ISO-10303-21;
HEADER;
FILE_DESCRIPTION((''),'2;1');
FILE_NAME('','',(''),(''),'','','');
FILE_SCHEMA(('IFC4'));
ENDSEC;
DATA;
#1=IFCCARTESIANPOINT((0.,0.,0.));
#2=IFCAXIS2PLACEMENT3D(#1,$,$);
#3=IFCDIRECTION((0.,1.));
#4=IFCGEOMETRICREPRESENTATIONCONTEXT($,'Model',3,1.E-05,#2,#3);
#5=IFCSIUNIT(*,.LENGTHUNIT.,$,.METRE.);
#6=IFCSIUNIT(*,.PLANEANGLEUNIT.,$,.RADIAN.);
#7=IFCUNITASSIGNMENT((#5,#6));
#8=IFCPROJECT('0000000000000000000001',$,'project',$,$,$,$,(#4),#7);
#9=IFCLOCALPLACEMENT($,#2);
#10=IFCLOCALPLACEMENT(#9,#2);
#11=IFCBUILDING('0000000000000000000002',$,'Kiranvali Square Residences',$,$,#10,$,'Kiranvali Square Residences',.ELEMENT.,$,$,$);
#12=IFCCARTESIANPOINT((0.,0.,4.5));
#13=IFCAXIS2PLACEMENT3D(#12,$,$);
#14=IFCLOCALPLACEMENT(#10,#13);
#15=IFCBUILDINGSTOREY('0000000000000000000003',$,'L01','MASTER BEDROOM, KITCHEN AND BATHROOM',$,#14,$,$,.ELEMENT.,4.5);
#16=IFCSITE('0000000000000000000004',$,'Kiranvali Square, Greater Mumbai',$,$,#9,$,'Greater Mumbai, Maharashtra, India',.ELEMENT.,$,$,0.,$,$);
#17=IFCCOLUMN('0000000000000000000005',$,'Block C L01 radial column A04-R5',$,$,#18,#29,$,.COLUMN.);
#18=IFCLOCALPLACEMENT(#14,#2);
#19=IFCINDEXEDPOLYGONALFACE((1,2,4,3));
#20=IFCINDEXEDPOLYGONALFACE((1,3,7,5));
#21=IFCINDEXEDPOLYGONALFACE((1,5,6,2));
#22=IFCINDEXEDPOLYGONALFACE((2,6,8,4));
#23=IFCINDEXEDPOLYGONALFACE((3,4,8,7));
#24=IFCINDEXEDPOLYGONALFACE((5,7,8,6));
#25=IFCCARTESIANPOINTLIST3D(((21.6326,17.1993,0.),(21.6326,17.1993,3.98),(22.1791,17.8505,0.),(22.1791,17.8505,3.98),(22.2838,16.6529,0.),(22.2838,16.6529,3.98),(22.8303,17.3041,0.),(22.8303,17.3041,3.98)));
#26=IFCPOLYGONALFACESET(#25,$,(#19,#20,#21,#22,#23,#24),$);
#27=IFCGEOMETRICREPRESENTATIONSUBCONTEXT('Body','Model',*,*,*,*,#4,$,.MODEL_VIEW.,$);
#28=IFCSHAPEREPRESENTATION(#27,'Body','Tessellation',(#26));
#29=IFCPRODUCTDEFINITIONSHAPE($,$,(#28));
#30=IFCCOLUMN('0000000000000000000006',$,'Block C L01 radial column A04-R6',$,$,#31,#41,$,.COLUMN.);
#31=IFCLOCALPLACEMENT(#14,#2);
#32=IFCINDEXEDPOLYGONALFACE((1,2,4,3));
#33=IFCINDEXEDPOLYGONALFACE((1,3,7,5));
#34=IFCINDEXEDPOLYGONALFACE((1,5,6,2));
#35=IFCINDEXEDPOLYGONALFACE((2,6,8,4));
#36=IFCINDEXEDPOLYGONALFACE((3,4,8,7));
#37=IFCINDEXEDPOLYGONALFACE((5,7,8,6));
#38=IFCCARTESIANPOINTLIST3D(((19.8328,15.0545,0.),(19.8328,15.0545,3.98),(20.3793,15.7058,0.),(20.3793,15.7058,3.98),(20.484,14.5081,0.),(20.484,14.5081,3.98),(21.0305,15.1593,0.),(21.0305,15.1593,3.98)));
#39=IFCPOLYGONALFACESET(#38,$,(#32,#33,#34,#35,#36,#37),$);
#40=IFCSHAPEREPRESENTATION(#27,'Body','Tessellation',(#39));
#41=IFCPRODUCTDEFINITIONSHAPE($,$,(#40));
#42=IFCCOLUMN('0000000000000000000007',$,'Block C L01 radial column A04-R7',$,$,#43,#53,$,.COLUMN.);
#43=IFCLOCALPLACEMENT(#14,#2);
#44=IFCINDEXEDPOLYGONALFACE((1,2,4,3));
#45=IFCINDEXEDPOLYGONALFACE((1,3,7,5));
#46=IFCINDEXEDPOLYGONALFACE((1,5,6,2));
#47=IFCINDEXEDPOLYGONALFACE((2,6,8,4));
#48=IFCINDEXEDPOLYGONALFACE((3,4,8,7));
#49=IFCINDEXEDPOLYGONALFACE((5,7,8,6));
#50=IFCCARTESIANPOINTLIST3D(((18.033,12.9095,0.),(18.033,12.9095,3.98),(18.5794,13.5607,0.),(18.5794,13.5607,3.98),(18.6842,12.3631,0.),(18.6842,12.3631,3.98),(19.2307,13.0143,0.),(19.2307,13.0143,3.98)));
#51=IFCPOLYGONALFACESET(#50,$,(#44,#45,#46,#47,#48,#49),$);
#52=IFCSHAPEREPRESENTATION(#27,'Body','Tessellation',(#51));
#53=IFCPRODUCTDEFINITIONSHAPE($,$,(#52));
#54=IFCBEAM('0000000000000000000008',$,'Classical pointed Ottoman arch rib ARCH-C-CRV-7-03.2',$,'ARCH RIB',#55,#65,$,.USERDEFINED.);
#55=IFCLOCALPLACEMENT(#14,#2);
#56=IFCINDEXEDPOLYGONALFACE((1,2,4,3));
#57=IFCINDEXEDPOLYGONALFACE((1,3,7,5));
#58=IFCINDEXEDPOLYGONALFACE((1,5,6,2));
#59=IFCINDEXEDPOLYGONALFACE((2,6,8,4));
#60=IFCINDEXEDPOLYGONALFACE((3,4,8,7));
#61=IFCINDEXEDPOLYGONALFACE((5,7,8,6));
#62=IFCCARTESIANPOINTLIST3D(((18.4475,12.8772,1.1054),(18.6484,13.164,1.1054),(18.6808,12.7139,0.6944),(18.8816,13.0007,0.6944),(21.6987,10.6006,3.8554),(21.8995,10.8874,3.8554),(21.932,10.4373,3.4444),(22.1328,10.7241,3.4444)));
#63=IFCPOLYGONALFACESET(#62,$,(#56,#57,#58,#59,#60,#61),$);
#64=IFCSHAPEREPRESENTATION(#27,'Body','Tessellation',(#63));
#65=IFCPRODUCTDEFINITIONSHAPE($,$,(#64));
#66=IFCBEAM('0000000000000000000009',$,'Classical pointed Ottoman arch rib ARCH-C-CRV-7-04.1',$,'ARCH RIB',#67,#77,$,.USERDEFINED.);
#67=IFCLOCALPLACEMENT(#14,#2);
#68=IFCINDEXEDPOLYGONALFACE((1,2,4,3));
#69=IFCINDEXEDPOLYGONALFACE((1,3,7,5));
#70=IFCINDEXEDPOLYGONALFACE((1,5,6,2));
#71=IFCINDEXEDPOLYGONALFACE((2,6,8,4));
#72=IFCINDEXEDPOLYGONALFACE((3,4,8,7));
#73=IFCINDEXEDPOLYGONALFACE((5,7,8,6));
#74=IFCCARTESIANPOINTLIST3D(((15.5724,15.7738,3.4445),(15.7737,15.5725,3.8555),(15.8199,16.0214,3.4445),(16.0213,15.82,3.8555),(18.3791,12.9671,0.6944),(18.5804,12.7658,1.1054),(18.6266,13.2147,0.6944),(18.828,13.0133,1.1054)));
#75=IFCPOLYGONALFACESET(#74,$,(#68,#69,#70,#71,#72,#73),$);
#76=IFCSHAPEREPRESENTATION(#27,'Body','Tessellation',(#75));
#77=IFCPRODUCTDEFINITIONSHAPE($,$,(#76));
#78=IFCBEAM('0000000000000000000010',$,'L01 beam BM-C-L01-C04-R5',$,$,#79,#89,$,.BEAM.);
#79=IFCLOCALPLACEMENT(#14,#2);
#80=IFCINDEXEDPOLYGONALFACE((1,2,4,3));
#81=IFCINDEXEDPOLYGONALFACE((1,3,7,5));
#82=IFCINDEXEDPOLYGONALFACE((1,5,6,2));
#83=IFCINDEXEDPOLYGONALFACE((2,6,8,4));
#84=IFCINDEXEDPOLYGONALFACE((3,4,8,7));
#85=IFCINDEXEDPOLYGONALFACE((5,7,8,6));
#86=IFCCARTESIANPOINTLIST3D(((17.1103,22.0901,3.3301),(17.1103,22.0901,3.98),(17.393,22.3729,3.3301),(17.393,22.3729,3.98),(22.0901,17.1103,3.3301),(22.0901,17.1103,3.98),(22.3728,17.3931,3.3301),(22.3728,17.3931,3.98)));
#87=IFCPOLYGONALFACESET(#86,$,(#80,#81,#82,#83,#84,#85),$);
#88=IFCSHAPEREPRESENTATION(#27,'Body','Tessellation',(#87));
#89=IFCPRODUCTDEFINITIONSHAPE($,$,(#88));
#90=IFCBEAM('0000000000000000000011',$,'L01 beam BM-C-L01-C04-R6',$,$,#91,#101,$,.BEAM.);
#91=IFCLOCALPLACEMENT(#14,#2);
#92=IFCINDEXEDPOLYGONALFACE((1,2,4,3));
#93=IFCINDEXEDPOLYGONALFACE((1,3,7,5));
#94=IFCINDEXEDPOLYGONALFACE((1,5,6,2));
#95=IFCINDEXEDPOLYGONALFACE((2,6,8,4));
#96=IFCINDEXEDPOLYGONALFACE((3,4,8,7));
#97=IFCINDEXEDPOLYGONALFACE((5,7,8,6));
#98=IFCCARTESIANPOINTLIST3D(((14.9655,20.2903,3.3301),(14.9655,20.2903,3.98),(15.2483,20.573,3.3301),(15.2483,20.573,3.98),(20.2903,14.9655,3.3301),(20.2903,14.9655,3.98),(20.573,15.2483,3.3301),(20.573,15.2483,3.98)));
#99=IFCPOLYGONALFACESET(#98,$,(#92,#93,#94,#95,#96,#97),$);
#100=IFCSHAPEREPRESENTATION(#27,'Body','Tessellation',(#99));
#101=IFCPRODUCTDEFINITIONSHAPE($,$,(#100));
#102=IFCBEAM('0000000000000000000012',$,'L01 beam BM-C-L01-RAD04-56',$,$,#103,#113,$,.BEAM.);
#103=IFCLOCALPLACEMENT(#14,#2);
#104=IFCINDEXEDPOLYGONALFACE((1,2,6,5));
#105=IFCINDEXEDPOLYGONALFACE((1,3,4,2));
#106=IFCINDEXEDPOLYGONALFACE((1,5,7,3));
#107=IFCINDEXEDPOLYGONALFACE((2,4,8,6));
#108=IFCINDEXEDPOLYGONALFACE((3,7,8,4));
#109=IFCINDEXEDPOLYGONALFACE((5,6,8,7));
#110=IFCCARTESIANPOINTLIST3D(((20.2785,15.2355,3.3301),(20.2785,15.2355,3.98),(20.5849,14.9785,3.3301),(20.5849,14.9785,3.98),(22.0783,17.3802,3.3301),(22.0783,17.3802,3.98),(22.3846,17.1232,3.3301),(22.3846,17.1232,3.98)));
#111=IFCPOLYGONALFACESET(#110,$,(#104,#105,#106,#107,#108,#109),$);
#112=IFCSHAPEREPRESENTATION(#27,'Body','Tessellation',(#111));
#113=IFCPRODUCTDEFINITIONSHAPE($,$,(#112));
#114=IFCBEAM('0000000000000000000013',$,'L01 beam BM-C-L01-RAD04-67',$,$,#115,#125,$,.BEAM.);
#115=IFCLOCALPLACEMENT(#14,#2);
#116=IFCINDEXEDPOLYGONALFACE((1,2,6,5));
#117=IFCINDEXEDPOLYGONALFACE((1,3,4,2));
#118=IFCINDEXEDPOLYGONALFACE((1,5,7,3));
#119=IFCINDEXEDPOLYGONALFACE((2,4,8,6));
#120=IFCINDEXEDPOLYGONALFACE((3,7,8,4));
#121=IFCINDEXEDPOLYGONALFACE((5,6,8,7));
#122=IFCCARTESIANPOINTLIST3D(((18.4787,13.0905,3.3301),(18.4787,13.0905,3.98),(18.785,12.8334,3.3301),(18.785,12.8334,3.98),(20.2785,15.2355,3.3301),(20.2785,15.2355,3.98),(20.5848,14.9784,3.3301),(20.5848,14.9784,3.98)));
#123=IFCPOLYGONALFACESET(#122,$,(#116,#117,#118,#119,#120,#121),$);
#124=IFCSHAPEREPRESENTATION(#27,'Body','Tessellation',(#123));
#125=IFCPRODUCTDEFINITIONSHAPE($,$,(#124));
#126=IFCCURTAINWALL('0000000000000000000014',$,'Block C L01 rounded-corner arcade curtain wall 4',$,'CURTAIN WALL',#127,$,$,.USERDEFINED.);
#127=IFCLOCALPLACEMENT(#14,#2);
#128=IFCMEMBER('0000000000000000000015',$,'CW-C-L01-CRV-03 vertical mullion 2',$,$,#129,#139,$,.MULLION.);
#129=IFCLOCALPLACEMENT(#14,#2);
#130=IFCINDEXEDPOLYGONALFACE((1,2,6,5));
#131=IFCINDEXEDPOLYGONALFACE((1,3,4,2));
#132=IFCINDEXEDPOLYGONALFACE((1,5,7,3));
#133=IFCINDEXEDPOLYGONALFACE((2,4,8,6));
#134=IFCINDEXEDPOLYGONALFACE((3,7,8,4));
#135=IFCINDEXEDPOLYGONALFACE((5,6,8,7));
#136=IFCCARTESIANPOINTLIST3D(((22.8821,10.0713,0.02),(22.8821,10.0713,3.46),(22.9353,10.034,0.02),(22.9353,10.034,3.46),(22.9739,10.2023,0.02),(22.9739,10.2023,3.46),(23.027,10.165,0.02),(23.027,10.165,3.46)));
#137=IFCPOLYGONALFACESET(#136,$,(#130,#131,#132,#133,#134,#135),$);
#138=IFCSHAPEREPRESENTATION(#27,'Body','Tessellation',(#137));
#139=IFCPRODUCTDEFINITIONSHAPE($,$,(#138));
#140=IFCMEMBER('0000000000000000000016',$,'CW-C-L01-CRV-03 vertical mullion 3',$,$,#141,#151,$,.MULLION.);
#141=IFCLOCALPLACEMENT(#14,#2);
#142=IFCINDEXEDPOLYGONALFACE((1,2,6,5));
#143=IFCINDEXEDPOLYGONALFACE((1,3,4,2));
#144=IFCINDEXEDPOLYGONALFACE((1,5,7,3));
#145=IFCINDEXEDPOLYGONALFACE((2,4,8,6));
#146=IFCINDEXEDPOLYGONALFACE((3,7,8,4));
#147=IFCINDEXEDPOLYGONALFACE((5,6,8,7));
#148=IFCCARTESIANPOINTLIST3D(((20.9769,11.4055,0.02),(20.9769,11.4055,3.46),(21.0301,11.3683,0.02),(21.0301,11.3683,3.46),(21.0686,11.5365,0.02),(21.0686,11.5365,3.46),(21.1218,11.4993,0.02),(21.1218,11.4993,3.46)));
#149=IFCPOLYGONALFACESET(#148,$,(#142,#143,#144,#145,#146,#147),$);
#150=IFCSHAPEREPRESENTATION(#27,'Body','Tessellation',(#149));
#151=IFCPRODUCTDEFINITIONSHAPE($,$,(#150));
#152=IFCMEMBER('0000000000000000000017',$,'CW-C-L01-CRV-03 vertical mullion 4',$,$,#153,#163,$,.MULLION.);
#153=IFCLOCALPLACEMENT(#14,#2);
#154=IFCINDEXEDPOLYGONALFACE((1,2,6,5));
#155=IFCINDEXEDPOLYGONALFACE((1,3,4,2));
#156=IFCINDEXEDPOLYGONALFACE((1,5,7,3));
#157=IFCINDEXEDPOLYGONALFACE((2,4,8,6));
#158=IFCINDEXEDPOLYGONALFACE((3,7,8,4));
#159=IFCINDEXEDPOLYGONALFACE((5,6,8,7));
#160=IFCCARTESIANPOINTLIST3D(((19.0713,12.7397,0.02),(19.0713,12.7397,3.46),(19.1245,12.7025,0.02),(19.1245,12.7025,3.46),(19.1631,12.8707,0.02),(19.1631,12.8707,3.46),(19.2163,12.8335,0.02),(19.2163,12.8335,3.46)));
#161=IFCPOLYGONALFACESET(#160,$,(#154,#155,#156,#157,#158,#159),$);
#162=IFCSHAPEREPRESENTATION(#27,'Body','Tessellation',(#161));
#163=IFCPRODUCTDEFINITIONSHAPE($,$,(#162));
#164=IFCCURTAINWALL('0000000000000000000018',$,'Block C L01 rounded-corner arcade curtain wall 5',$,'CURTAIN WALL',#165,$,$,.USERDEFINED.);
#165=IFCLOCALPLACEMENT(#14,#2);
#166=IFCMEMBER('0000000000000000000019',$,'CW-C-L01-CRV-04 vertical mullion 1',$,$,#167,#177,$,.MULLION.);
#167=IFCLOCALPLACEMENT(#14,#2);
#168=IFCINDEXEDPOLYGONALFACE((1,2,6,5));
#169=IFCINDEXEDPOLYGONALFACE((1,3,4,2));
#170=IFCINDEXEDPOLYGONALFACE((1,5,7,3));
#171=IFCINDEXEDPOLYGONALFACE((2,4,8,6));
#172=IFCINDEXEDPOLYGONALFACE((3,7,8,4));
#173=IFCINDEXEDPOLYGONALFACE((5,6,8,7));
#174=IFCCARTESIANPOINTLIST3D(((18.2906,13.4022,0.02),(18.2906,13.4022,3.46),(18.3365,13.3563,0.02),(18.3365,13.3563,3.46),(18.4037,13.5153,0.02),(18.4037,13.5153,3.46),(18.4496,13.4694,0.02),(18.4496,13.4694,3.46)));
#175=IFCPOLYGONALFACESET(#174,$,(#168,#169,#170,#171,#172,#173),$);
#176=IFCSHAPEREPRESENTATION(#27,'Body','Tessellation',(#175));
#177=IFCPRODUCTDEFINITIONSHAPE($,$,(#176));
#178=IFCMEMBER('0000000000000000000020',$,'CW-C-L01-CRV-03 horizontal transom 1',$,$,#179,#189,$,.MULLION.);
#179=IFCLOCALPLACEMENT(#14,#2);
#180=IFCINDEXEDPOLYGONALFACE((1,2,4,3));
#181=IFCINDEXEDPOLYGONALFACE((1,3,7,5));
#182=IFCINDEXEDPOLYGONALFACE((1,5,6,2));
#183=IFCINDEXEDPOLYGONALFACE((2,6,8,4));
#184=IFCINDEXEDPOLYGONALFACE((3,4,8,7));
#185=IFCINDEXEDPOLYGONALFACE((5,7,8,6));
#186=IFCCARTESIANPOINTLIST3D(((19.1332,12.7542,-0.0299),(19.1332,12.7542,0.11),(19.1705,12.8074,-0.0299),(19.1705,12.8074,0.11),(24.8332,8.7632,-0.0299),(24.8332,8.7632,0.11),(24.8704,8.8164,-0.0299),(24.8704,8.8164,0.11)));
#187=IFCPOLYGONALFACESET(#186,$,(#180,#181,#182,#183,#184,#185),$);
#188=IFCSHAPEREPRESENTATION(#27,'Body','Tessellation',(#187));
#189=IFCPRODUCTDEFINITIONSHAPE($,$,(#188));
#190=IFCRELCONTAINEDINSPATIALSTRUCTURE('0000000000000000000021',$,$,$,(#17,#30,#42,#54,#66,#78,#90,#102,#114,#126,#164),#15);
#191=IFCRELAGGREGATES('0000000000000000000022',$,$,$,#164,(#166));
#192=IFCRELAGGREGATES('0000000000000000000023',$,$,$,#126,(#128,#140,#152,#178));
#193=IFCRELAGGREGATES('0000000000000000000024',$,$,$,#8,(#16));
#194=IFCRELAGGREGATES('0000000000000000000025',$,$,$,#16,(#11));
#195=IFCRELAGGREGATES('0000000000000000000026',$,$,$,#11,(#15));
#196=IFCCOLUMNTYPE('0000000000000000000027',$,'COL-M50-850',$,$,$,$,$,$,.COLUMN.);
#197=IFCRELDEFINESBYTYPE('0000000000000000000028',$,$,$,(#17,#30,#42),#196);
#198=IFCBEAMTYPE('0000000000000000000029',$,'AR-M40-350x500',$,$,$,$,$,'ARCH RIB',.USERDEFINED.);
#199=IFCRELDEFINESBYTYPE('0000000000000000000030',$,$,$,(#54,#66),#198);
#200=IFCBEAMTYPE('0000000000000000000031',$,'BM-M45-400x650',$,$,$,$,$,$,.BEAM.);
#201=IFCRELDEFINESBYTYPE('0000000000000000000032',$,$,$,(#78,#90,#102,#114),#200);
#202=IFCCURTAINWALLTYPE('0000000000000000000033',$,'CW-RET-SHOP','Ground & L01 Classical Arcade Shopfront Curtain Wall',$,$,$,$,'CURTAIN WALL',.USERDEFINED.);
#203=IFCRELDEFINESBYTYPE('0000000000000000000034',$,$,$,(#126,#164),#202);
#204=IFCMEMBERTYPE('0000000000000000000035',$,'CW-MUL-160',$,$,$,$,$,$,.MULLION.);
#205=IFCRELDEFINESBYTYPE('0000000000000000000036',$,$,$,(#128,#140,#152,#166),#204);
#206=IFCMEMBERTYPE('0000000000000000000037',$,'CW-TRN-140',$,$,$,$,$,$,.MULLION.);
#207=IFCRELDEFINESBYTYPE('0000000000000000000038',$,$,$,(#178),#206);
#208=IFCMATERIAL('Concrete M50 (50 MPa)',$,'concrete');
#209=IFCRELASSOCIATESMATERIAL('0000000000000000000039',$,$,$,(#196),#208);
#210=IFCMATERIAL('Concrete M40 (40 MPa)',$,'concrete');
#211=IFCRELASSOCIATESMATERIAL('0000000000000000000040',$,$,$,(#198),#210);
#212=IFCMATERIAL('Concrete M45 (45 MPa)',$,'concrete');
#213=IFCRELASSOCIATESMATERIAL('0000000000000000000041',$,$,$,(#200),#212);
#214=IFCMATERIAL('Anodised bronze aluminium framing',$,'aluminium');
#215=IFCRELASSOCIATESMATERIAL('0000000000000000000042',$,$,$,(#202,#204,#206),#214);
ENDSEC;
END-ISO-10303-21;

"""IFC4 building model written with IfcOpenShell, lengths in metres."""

from ifc_helpers import new_model, si_unit, direction, frame, origin, origin_2d, place, context, subcontext, project, spatial, rectangle, extrude, material, material_profile, profile_set, type_object, element, aggregate, save


model = new_model("IFC4")

# Units and contexts
model_context = context("Model", 3, precision=1e-05, world=origin(), true_north=direction((0.0, 1.0)))
body_context = subcontext(model_context, "Body", "Model", "MODEL_VIEW")
ifc_project = project(units=[si_unit("LENGTHUNIT", "METRE"), si_unit("PLANEANGLEUNIT", "RADIAN")], contexts=[model_context])

# Site, building, storey
site_placement = place(None, origin())
site = spatial("IfcSite", under=ifc_project, at=site_placement, Name="Kiranvali Square, Greater Mumbai", LongName="Greater Mumbai, Maharashtra, India", CompositionType="ELEMENT", RefElevation=0.0)
building_placement = place(site_placement, origin())
building = spatial("IfcBuilding", under=site, at=building_placement, Name="Kiranvali Square Residences", LongName="Kiranvali Square Residences", CompositionType="ELEMENT")
storey_placement = place(building_placement, frame((0.0, 0.0, 4.5)))
storey = spatial("IfcBuildingStorey", under=building, at=storey_placement, Name="L01", Description="MASTER BEDROOM, KITCHEN AND BATHROOM", CompositionType="ELEMENT", Elevation=4.5)

# Columns
ifc_material_1 = material(Name="Concrete M50 (50 MPa)", Category="concrete")
ifc_material_profile_1 = material_profile(ifc_material_1, rectangle(XDim=0.8501, YDim=0.8501, at=origin_2d()), Name="RC 850x850")
ifc_profile_set_1 = profile_set([ifc_material_profile_1], Name="Concrete M50 (50 MPa)")
column_type = type_object("IfcColumnType", Name="COL-M50-850", PredefinedType="COLUMN", material=ifc_profile_set_1)
for number, where, z_axis, x_axis, name in (
    (1, (22.2314, 17.2517, 0.0), (0.0, 0.0, 1.0), (-0.766044, 0.642788, 0.0), "Block C L01 radial column A04-R5"),
    (2, (20.4316, 15.1069, 0.0), (0.0, 0.0, 1.0), (-0.766044, 0.642788, 0.0), "Block C L01 radial column A04-R6"),
    (3, (18.6318, 12.9619, 0.0), (0.0, 0.0, 1.0), (-0.766044, 0.642788, 0.0), "Block C L01 radial column A04-R7"),
):
    element("IfcColumn", number, at=place(storey_placement, frame(where, z_axis=z_axis, x_axis=x_axis)), inside=storey, type_object=column_type, Name=name, PredefinedType="COLUMN", context=body_context, shape_type="SweptSolid", body=[
        extrude(rectangle(XDim=0.8501, YDim=0.8501, at=origin_2d()), origin(), (0.0, 0.0, 1.0), 3.98),
    ])

# Beams
ifc_material_2 = material(Name="Concrete M40 (40 MPa)", Category="concrete")
ifc_material_profile_2 = material_profile(ifc_material_2, rectangle(XDim=0.3501, YDim=0.5, at=origin_2d()), Name="RC 350x500")
ifc_profile_set_2 = profile_set([ifc_material_profile_2], Name="Concrete M40 (40 MPa)")
beam_type_1 = type_object("IfcBeamType", Name="AR-M40-350x500", ElementType="ARCH RIB", PredefinedType="USERDEFINED", material=ifc_profile_set_2)
beam_1_placement = place(storey_placement, frame((21.9158, 10.6624, 3.6499), z_axis=(-0.673318, 0.47148, -0.569517), x_axis=(-0.57359, -0.819142, 0.0)))
element("IfcBeam", 4, at=beam_1_placement, inside=storey, type_object=beam_type_1, Name="Classical pointed Ottoman arch rib ARCH-C-CRV-7-03.2", ObjectType="ARCH RIB", PredefinedType="USERDEFINED", context=body_context, shape_type="SweptSolid", body=[
    extrude(rectangle(XDim=0.3501, YDim=0.5, at=origin_2d()), origin(), (0.0, 0.0, 1.0), 4.8286),
])
beam_2_placement = place(storey_placement, frame((18.6035, 12.9902, 0.8999), z_axis=(-0.581234, 0.581234, 0.569504), x_axis=(-0.707107, -0.707107, 0.0)))
element("IfcBeam", 5, at=beam_2_placement, inside=storey, type_object=beam_type_1, Name="Classical pointed Ottoman arch rib ARCH-C-CRV-7-04.1", ObjectType="ARCH RIB", PredefinedType="USERDEFINED", context=body_context, shape_type="SweptSolid", body=[
    extrude(rectangle(XDim=0.3501, YDim=0.5, at=origin_2d()), origin(), (0.0, 0.0, 1.0), 4.8289),
])
ifc_material_3 = material(Name="Concrete M45 (45 MPa)", Category="concrete")
ifc_material_profile_3 = material_profile(ifc_material_3, rectangle(XDim=0.3999, YDim=0.6499, at=origin_2d()), Name="RC 400x650")
ifc_profile_set_3 = profile_set([ifc_material_profile_3], Name="Concrete M45 (45 MPa)")
beam_type_2 = type_object("IfcBeamType", Name="BM-M45-400x650", PredefinedType="BEAM", material=ifc_profile_set_3)
beam_3_placement = place(storey_placement, frame((22.2314, 17.2517, 3.655), z_axis=(-0.707107, 0.707107, 0.0), x_axis=(-0.707107, -0.707107, 0.0)))
element("IfcBeam", 6, at=beam_3_placement, inside=storey, type_object=beam_type_2, Name="L01 beam BM-C-L01-C04-R5", PredefinedType="BEAM", context=body_context, shape_type="SweptSolid", body=[
    extrude(rectangle(XDim=0.3999, YDim=0.6499, at=origin_2d()), origin(), (0.0, 0.0, 1.0), 7.0425),
])
beam_4_placement = place(storey_placement, frame((20.4316, 15.1069, 3.655), z_axis=(-0.707107, 0.707107, 0.0), x_axis=(-0.707107, -0.707107, 0.0)))
element("IfcBeam", 7, at=beam_4_placement, inside=storey, type_object=beam_type_2, Name="L01 beam BM-C-L01-C04-R6", PredefinedType="BEAM", context=body_context, shape_type="SweptSolid", body=[
    extrude(rectangle(XDim=0.3999, YDim=0.6499, at=origin_2d()), origin(), (0.0, 0.0, 1.0), 7.5303),
])
beam_5_placement = place(storey_placement, frame((22.2314, 17.2517, 3.655), z_axis=(-0.642814, -0.766023, 0.0), x_axis=(0.766023, -0.642814, 0.0)))
element("IfcBeam", 8, at=beam_5_placement, inside=storey, type_object=beam_type_2, Name="L01 beam BM-C-L01-RAD04-56", PredefinedType="BEAM", context=body_context, shape_type="SweptSolid", body=[
    extrude(rectangle(XDim=0.3999, YDim=0.6499, at=origin_2d()), origin(), (0.0, 0.0, 1.0), 2.7998),
])
beam_6_placement = place(storey_placement, frame((20.4316, 15.1069, 3.655), z_axis=(-0.642771, -0.766059, 0.0), x_axis=(0.766059, -0.642771, 0.0)))
element("IfcBeam", 9, at=beam_6_placement, inside=storey, type_object=beam_type_2, Name="L01 beam BM-C-L01-RAD04-67", PredefinedType="BEAM", context=body_context, shape_type="SweptSolid", body=[
    extrude(rectangle(XDim=0.3999, YDim=0.6499, at=origin_2d()), origin(), (0.0, 0.0, 1.0), 2.8),
])

# Curtain wall, members
ifc_material_4 = material(Name="Anodised bronze aluminium framing", Category="aluminium")
curtain_wall_type = type_object("IfcCurtainWallType", Name="CW-RET-SHOP", Description="Ground & L01 Classical Arcade Shopfront Curtain Wall", ElementType="CURTAIN WALL", PredefinedType="USERDEFINED", material=ifc_material_4)
curtain_wall_1_placement = place(storey_placement, origin())
curtain_wall_1 = element("IfcCurtainWall", 10, at=curtain_wall_1_placement, inside=storey, type_object=curtain_wall_type, Name="Block C L01 rounded-corner arcade curtain wall 4", ObjectType="CURTAIN WALL", PredefinedType="USERDEFINED")
ifc_material_profile_4 = material_profile(ifc_material_4, rectangle(XDim=0.0649, YDim=0.1599, at=origin_2d()), Name="ALU 65x160")
ifc_profile_set_4 = profile_set([ifc_material_profile_4], Name="Anodised bronze aluminium framing")
member_type_1 = type_object("IfcMemberType", Name="CW-MUL-160", PredefinedType="MULLION", material=ifc_profile_set_4)
member_1_placement = place(storey_placement, frame((22.9546, 10.1182, 0.02), z_axis=(0.0, 0.0, 1.0), x_axis=(-0.819152, 0.573576, 0.0)))
member_1 = element("IfcMember", 11, at=member_1_placement, type_object=member_type_1, Name="CW-C-L01-CRV-03 vertical mullion 2", PredefinedType="MULLION", context=body_context, shape_type="SweptSolid", body=[
    extrude(rectangle(XDim=0.0649, YDim=0.1599, at=origin_2d()), origin(), (0.0, 0.0, 1.0), 3.4399),
])
member_2_placement = place(storey_placement, frame((21.0493, 11.4524, 0.02), z_axis=(0.0, 0.0, 1.0), x_axis=(-0.819152, 0.573576, 0.0)))
member_2 = element("IfcMember", 12, at=member_2_placement, type_object=member_type_1, Name="CW-C-L01-CRV-03 vertical mullion 3", PredefinedType="MULLION", context=body_context, shape_type="SweptSolid", body=[
    extrude(rectangle(XDim=0.0649, YDim=0.1599, at=origin_2d()), origin(), (0.0, 0.0, 1.0), 3.4399),
])
member_3_placement = place(storey_placement, frame((19.1438, 12.7866, 0.02), z_axis=(0.0, 0.0, 1.0), x_axis=(-0.819152, 0.573576, 0.0)))
member_3 = element("IfcMember", 13, at=member_3_placement, type_object=member_type_1, Name="CW-C-L01-CRV-03 vertical mullion 4", PredefinedType="MULLION", context=body_context, shape_type="SweptSolid", body=[
    extrude(rectangle(XDim=0.0649, YDim=0.1599, at=origin_2d()), origin(), (0.0, 0.0, 1.0), 3.4399),
])

# Curtain wall, member
curtain_wall_2_placement = place(storey_placement, origin())
curtain_wall_2 = element("IfcCurtainWall", 14, at=curtain_wall_2_placement, inside=storey, type_object=curtain_wall_type, Name="Block C L01 rounded-corner arcade curtain wall 5", ObjectType="CURTAIN WALL", PredefinedType="USERDEFINED")
member_4_placement = place(storey_placement, frame((18.3701, 13.4358, 0.02), z_axis=(0.0, 0.0, 1.0), x_axis=(-0.707107, 0.707107, 0.0)))
member_4 = element("IfcMember", 15, at=member_4_placement, type_object=member_type_1, Name="CW-C-L01-CRV-04 vertical mullion 1", PredefinedType="MULLION", context=body_context, shape_type="SweptSolid", body=[
    extrude(rectangle(XDim=0.0649, YDim=0.1599, at=origin_2d()), origin(), (0.0, 0.0, 1.0), 3.4399),
])

# Member
ifc_material_profile_5 = material_profile(ifc_material_4, rectangle(XDim=0.0649, YDim=0.1399, at=origin_2d()), Name="ALU 65x140")
ifc_profile_set_5 = profile_set([ifc_material_profile_5], Name="Anodised bronze aluminium framing")
member_type_2 = type_object("IfcMemberType", Name="CW-TRN-140", PredefinedType="MULLION", material=ifc_profile_set_5)
member_5_placement = place(storey_placement, frame((24.8518, 8.7898, 0.04), z_axis=(-0.819164, 0.573559, 0.0), x_axis=(-0.573559, -0.819164, 0.0)))
member_5 = element("IfcMember", 16, at=member_5_placement, type_object=member_type_2, Name="CW-C-L01-CRV-03 horizontal transom 1", PredefinedType="MULLION", context=body_context, shape_type="SweptSolid", body=[
    extrude(rectangle(XDim=0.0649, YDim=0.1399, at=origin_2d()), origin(), (0.0, 0.0, 1.0), 6.9583),
])

aggregate(curtain_wall_2, [member_4])
aggregate(curtain_wall_1, [member_1, member_2, member_3, member_5])

save(model, "model.ifc")
